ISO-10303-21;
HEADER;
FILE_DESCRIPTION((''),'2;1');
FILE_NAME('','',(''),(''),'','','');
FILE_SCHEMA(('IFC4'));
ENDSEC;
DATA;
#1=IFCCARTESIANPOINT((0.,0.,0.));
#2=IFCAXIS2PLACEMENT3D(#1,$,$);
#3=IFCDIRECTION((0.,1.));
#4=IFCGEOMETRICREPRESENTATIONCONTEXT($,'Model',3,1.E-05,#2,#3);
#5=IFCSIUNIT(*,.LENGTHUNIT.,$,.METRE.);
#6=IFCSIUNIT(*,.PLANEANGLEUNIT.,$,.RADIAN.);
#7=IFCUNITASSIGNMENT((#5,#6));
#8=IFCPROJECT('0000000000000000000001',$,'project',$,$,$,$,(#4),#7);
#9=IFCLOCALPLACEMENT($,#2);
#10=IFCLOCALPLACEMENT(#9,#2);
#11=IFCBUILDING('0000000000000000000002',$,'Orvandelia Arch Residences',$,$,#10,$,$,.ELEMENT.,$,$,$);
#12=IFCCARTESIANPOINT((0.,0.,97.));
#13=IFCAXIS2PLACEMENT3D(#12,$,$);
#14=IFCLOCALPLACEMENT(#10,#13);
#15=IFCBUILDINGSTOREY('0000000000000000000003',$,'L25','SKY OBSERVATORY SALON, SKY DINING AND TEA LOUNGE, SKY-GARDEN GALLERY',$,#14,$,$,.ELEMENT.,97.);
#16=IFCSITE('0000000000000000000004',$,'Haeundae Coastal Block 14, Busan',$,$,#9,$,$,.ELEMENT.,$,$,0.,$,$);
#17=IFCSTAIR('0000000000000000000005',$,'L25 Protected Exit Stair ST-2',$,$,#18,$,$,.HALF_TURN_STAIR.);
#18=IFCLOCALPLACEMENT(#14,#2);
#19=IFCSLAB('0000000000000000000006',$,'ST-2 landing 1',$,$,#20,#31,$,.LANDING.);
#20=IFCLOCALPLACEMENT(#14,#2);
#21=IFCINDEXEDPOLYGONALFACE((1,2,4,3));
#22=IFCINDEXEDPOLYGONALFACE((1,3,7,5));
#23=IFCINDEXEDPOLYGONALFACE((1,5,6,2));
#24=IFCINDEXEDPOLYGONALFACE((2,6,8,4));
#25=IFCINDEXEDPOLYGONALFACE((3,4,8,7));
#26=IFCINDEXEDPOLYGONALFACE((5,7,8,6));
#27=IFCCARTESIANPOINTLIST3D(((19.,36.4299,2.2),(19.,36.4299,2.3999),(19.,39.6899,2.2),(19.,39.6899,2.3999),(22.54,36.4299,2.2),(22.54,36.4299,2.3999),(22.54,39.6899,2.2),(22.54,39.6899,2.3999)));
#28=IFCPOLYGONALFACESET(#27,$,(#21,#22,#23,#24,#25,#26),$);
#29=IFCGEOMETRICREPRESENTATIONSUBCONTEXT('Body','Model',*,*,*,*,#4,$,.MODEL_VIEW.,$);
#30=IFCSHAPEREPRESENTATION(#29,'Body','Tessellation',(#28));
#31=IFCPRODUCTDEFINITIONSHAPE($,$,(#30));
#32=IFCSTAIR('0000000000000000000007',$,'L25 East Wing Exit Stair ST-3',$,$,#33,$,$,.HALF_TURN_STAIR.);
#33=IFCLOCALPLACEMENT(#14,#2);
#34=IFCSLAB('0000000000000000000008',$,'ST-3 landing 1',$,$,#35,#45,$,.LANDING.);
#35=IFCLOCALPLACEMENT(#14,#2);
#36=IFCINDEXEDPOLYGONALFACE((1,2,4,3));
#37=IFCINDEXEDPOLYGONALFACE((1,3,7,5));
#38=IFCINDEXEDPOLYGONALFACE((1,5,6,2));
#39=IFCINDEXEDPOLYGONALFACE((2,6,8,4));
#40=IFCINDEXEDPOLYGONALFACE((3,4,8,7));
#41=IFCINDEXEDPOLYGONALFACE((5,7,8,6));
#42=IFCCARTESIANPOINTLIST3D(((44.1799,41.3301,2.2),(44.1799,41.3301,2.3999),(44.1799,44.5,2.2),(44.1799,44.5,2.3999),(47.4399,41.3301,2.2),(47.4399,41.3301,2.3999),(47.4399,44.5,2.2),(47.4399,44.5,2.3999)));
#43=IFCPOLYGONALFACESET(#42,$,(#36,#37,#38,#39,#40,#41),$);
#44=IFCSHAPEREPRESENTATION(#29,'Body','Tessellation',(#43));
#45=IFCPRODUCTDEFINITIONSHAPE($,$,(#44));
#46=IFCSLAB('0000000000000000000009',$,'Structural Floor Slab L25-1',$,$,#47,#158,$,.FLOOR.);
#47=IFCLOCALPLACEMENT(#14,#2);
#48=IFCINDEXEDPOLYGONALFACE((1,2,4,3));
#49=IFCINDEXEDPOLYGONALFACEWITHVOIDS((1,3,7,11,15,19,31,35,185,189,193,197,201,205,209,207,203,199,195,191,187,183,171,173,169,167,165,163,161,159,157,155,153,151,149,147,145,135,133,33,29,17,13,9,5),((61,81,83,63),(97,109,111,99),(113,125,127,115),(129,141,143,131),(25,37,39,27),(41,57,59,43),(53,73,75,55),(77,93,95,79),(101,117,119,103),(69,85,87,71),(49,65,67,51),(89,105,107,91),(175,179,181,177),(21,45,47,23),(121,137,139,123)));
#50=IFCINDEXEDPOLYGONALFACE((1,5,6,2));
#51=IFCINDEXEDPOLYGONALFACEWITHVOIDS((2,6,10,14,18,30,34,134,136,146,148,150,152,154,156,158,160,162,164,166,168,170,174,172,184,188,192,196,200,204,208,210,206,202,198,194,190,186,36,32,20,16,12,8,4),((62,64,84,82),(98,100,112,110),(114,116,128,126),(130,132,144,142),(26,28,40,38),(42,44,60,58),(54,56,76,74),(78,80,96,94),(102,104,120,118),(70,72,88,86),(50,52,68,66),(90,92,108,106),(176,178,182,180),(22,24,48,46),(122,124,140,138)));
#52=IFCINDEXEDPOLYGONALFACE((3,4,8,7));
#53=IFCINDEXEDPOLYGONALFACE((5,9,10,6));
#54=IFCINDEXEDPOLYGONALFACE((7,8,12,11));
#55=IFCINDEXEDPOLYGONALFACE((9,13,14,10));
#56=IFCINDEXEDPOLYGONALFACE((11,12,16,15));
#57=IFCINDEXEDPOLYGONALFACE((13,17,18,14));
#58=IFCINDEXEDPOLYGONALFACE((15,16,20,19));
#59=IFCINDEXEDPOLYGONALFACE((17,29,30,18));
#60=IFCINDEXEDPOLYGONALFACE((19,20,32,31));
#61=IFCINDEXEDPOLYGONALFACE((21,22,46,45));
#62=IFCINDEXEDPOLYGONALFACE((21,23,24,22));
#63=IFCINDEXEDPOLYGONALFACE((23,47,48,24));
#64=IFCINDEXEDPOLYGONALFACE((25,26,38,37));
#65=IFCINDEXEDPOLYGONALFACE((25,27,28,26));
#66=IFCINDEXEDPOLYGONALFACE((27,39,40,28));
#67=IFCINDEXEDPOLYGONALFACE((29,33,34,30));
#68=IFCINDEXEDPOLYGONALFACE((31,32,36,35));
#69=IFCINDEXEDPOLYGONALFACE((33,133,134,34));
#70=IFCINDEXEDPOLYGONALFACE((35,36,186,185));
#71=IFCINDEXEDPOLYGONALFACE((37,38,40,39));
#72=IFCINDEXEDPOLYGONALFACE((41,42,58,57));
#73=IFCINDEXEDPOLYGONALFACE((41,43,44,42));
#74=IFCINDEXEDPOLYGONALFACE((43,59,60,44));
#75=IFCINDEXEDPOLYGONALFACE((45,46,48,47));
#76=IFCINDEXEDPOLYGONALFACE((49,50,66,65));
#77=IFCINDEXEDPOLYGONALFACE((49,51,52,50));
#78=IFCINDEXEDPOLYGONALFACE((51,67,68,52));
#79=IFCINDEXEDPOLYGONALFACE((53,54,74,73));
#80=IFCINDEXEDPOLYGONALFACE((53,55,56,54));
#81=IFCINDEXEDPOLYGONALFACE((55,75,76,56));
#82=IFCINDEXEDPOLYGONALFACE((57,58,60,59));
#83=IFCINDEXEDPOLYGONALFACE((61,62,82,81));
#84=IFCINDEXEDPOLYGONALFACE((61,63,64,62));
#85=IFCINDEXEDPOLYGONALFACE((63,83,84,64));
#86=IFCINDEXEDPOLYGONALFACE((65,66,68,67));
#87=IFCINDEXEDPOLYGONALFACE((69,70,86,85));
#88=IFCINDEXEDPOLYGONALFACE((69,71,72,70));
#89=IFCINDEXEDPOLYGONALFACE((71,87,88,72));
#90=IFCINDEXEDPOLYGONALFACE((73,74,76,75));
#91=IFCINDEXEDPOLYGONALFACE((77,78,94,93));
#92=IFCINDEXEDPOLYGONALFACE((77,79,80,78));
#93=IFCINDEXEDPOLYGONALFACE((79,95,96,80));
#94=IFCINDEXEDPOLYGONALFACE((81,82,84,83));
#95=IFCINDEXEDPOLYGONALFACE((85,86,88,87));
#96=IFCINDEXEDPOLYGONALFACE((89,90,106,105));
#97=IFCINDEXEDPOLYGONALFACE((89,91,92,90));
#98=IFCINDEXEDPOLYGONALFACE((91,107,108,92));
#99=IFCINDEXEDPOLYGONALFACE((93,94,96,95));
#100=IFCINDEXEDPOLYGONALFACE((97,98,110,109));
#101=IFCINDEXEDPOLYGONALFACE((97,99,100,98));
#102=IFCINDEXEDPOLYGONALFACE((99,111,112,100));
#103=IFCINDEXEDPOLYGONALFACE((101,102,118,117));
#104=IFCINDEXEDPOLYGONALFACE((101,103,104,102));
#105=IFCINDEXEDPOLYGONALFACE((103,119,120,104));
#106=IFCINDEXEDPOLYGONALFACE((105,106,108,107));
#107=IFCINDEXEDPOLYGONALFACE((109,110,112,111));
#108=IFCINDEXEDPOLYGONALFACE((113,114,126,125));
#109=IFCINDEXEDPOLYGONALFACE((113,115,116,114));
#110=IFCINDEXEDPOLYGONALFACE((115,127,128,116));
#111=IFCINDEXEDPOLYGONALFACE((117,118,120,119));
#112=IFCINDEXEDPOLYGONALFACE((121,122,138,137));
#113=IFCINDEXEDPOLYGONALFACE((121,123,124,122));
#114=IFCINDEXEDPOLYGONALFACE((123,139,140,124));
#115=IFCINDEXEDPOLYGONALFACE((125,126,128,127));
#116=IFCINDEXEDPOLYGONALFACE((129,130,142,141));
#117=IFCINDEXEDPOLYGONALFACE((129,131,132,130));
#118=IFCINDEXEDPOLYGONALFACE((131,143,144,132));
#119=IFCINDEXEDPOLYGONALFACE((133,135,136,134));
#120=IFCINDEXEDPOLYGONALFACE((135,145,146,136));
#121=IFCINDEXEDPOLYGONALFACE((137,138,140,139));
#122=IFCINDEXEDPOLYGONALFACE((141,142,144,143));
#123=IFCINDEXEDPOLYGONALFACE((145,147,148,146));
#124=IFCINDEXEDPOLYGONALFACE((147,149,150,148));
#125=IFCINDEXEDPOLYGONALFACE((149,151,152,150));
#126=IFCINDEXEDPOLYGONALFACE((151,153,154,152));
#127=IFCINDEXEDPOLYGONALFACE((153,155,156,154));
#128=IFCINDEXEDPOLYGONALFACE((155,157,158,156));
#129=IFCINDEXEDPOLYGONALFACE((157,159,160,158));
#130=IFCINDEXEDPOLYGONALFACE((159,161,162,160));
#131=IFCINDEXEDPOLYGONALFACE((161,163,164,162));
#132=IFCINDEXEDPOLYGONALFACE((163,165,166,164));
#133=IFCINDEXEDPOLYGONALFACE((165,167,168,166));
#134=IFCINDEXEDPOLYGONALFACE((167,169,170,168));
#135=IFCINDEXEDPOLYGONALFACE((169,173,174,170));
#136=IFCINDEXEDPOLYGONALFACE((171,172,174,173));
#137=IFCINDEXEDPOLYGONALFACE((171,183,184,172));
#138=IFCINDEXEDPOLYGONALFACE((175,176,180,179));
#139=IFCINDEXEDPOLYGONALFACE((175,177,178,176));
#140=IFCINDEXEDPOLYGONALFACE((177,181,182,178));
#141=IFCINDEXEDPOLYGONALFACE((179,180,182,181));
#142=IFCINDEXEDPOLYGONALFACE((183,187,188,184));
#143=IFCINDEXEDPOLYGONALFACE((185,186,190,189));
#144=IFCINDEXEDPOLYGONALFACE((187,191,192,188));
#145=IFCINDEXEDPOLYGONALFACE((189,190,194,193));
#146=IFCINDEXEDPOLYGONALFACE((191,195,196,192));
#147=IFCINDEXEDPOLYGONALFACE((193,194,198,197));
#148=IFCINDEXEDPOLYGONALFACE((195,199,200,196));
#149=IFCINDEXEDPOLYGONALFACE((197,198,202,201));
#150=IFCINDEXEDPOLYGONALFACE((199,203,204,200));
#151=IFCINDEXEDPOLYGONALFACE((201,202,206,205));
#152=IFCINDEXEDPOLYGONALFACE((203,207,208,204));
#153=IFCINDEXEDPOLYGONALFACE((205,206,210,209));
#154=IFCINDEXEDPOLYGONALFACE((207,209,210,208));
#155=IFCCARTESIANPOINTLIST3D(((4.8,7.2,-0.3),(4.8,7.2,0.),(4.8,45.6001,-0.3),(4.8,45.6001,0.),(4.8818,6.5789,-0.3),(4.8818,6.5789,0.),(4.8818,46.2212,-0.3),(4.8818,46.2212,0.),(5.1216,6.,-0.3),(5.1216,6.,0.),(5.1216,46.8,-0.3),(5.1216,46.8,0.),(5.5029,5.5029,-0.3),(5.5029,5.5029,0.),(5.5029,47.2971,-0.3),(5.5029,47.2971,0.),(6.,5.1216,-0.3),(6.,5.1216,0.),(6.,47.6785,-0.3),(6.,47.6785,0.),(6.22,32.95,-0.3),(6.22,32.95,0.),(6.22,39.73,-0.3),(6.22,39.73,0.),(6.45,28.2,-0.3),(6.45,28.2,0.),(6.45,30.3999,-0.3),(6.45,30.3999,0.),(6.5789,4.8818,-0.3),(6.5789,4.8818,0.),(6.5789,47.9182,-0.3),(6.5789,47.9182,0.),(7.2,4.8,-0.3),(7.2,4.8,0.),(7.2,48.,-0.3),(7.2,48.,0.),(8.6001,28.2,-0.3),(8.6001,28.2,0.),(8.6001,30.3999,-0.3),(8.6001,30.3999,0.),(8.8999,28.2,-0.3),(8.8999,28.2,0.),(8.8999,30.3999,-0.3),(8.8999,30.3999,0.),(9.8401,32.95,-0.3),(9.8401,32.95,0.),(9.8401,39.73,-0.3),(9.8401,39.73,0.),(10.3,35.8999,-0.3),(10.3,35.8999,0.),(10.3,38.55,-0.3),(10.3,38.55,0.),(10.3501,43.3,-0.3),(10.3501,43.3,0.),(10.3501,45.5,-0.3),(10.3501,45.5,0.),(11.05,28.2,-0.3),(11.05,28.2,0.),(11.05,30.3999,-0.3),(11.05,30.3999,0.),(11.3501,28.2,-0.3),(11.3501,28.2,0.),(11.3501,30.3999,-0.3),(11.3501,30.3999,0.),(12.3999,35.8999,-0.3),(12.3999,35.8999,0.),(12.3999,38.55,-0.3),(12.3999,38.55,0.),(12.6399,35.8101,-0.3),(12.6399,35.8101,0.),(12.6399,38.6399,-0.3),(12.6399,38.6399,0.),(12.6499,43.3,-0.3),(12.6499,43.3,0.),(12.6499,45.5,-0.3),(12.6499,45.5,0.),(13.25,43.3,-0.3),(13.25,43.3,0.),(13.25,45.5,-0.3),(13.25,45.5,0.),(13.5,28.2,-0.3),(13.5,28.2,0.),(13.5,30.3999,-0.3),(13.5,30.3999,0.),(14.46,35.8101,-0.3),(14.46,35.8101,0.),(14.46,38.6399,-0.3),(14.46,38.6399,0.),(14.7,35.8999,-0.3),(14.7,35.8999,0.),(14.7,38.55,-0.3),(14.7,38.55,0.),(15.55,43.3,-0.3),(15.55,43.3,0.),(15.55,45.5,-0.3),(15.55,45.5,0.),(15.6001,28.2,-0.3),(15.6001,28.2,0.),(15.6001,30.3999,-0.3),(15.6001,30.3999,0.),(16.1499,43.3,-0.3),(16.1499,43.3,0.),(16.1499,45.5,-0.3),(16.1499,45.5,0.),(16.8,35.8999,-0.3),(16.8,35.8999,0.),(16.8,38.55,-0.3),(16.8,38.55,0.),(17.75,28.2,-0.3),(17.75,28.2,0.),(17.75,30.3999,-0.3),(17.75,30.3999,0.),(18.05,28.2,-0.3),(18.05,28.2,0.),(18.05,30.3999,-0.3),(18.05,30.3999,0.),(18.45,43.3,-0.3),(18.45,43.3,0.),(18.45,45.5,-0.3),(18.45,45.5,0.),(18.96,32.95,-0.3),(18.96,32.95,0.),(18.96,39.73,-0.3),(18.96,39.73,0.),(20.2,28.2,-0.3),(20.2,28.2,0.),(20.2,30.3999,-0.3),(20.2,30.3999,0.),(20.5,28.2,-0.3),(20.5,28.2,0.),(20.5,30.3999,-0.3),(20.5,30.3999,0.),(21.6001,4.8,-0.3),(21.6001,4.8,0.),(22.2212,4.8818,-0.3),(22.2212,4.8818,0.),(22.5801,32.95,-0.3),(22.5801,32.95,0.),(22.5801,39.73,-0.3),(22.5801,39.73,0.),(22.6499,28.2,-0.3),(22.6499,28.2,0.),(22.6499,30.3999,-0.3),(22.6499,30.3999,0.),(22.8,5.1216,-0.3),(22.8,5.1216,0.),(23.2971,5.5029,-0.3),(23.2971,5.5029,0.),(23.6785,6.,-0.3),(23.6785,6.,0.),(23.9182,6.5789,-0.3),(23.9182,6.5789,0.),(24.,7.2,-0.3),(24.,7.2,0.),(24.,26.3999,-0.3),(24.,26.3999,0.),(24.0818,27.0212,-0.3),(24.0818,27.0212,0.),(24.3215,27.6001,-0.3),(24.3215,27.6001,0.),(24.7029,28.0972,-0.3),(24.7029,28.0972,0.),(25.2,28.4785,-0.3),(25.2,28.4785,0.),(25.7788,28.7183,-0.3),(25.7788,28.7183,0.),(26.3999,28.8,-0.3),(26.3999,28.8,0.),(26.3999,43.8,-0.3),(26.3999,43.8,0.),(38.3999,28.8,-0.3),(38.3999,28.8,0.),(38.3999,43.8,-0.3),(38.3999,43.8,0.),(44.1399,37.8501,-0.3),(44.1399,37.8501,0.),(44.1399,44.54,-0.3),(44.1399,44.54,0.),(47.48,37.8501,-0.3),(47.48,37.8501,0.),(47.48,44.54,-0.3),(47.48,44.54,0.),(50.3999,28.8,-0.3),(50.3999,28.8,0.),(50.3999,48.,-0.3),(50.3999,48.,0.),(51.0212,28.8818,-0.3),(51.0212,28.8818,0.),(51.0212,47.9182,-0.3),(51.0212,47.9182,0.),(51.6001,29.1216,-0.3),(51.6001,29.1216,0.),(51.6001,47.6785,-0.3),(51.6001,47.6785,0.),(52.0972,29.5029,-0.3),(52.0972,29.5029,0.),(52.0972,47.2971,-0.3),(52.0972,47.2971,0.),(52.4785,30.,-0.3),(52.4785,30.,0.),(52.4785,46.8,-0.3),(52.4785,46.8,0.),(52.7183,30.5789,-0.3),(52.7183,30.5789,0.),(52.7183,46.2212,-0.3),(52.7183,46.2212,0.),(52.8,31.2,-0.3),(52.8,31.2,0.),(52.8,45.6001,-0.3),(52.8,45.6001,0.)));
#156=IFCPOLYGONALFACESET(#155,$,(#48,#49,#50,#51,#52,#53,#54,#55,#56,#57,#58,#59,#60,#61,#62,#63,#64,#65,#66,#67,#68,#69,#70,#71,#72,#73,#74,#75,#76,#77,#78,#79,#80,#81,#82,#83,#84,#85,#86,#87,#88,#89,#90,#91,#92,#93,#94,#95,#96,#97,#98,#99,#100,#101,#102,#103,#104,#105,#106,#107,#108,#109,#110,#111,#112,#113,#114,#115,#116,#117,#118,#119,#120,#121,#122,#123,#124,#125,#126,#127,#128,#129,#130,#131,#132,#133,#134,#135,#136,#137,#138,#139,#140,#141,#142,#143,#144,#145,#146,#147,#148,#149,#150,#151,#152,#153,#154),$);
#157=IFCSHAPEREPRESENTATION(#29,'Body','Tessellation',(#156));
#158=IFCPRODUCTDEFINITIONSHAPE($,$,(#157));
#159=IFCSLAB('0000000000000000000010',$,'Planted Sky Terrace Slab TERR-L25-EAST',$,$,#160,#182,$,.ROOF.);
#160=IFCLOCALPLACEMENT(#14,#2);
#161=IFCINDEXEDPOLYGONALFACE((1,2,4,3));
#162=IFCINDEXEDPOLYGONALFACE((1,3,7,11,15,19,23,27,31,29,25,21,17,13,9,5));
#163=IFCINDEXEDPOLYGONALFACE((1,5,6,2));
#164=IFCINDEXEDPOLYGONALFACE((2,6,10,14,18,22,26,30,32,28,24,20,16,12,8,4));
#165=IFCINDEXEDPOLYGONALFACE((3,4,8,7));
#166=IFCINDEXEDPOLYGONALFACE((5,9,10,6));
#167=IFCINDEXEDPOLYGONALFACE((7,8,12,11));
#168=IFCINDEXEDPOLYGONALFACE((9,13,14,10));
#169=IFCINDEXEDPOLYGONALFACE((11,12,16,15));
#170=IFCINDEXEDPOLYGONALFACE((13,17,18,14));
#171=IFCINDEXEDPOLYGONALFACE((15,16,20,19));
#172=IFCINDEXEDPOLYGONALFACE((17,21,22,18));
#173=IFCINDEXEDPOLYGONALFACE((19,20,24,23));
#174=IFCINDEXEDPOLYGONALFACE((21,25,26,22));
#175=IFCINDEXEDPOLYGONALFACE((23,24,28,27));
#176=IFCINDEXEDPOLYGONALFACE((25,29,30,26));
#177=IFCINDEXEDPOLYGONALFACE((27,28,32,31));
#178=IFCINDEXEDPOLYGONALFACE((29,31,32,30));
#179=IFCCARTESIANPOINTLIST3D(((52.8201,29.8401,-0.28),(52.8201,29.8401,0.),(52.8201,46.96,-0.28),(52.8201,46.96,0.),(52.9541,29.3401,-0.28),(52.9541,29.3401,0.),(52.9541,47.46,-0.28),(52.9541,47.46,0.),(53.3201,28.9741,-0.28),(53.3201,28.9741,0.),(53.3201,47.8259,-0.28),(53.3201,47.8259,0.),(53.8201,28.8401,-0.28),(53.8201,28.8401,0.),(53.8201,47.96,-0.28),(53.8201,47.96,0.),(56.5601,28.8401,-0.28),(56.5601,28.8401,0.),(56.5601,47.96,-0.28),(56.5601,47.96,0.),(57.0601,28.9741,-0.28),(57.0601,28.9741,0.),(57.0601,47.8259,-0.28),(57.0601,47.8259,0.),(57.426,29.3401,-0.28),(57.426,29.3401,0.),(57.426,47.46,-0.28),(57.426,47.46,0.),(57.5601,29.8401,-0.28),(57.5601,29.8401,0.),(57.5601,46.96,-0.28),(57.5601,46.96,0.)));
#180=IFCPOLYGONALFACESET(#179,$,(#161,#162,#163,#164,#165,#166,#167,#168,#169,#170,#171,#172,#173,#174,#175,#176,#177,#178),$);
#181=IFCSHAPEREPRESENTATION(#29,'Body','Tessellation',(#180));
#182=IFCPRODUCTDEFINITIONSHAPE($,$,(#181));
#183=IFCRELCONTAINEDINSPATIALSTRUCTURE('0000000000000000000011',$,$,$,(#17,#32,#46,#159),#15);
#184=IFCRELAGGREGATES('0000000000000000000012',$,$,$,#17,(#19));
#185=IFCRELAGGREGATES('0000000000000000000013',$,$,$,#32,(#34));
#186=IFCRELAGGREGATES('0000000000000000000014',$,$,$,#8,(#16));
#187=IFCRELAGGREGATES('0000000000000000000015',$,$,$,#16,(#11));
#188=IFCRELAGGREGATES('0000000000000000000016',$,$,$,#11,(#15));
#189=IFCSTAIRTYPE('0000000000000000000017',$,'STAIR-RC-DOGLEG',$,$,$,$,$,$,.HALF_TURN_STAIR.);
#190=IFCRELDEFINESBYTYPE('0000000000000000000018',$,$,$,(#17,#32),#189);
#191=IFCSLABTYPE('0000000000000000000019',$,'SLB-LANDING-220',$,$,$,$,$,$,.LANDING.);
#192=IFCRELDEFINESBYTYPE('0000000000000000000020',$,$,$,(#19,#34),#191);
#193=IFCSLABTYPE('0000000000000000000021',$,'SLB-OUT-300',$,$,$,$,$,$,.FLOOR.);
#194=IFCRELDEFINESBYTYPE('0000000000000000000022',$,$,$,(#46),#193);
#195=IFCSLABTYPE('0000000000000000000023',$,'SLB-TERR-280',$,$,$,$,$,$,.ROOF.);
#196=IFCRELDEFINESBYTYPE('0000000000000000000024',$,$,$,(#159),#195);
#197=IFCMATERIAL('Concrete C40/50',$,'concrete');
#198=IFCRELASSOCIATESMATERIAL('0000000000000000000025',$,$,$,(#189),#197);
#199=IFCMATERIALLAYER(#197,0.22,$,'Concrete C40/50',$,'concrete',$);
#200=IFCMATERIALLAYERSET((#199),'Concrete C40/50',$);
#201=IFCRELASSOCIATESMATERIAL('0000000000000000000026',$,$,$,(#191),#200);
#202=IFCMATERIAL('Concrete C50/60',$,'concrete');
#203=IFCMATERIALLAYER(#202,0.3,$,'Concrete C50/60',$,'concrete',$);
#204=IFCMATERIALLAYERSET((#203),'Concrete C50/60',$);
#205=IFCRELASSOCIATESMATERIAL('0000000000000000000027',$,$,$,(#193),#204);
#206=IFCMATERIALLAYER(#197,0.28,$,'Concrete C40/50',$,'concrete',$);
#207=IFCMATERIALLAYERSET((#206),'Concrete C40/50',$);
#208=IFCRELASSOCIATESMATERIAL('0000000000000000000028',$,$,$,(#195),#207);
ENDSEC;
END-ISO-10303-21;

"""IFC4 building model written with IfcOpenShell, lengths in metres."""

from ifc_helpers import new_model, si_unit, direction, frame, origin, place, context, subcontext, project, spatial, polyline, outline, extrude, material, layer, layer_set, type_object, element, aggregate, save


model = new_model("IFC4")

# Units and contexts
model_context = context("Model", 3, precision=1e-05, world=origin(), true_north=direction((0.0, 1.0)))
body_context = subcontext(model_context, "Body", "Model", "MODEL_VIEW")
ifc_project = project(units=[si_unit("LENGTHUNIT", "METRE"), si_unit("PLANEANGLEUNIT", "RADIAN")], contexts=[model_context])

# Site, building, storey
site_placement = place(None, origin())
site = spatial("IfcSite", under=ifc_project, at=site_placement, Name="Haeundae Coastal Block 14, Busan", CompositionType="ELEMENT", RefElevation=0.0)
building_placement = place(site_placement, origin())
building = spatial("IfcBuilding", under=site, at=building_placement, Name="Orvandelia Arch Residences", CompositionType="ELEMENT")
storey_placement = place(building_placement, frame((0.0, 0.0, 97.0)))
storey = spatial("IfcBuildingStorey", under=building, at=storey_placement, Name="L25", Description="SKY OBSERVATORY SALON, SKY DINING AND TEA LOUNGE, SKY-GARDEN GALLERY", CompositionType="ELEMENT", Elevation=97.0)

# Stairs, slabs
ifc_material_1 = material(Name="Concrete C40/50", Category="concrete")
stair_type = type_object("IfcStairType", Name="STAIR-RC-DOGLEG", PredefinedType="HALF_TURN_STAIR", material=ifc_material_1)
ifc_layer_1 = layer(ifc_material_1, 0.22, Name="Concrete C40/50", Category="concrete")
ifc_layer_set_1 = layer_set([ifc_layer_1], Name="Concrete C40/50")
slab_type_1 = type_object("IfcSlabType", Name="SLB-LANDING-220", PredefinedType="LANDING", material=ifc_layer_set_1)
stair_1_placement = place(storey_placement, origin())
stair_1 = element("IfcStair", 1, at=stair_1_placement, inside=storey, type_object=stair_type, Name="L25 Protected Exit Stair ST-2", PredefinedType="HALF_TURN_STAIR")
slab_1_placement = place(storey_placement, frame((0.0, 0.0, 2.2)))
slab_1 = element("IfcSlab", 2, at=slab_1_placement, type_object=slab_type_1, Name="ST-2 landing 1", PredefinedType="LANDING", context=body_context, shape_type="SweptSolid", body=[
    extrude(outline(polyline([(22.54, 36.4299), (22.54, 39.6899), (19.0, 39.6899), (19.0, 36.4299), (22.54, 36.4299)])), origin(), (0.0, 0.0, 1.0), 0.2),
])
aggregate(stair_1, [slab_1])
stair_2_placement = place(storey_placement, origin())
stair_2 = element("IfcStair", 3, at=stair_2_placement, inside=storey, type_object=stair_type, Name="L25 East Wing Exit Stair ST-3", PredefinedType="HALF_TURN_STAIR")
slab_2_placement = place(storey_placement, frame((0.0, 0.0, 2.2)))
slab_2 = element("IfcSlab", 4, at=slab_2_placement, type_object=slab_type_1, Name="ST-3 landing 1", PredefinedType="LANDING", context=body_context, shape_type="SweptSolid", body=[
    extrude(outline(polyline([(47.4399, 41.3301), (47.4399, 44.5), (44.1799, 44.5), (44.1799, 41.3301), (47.4399, 41.3301)])), origin(), (0.0, 0.0, 1.0), 0.2),
])
aggregate(stair_2, [slab_2])

# Slabs
ifc_material_2 = material(Name="Concrete C50/60", Category="concrete")
ifc_layer_2 = layer(ifc_material_2, 0.3, Name="Concrete C50/60", Category="concrete")
ifc_layer_set_2 = layer_set([ifc_layer_2], Name="Concrete C50/60")
slab_type_2 = type_object("IfcSlabType", Name="SLB-OUT-300", PredefinedType="FLOOR", material=ifc_layer_set_2)
slab_3_placement = place(storey_placement, frame((0.0, 0.0, -0.3)))
element("IfcSlab", 5, at=slab_3_placement, inside=storey, type_object=slab_type_2, Name="Structural Floor Slab L25-1", PredefinedType="FLOOR", context=body_context, shape_type="SweptSolid", body=[
    extrude(outline(polyline([(4.8, 7.2), (4.8818, 6.5789), (5.1216, 6.0), (5.5029, 5.5029), (6.0, 5.1216), (6.5789, 4.8818), (7.2, 4.8), (21.6001, 4.8), (22.2212, 4.8818), (22.8, 5.1216), (23.2971, 5.5029), (23.6785, 6.0), (23.9182, 6.5789), (24.0, 7.2), (24.0, 26.3999), (24.0818, 27.0212), (24.3215, 27.6001), (24.7029, 28.0972), (25.2, 28.4785), (25.7788, 28.7183), (26.3999, 28.8), (26.3999, 43.8), (38.3999, 43.8), (38.3999, 28.8), (50.3999, 28.8), (51.0212, 28.8818), (51.6001, 29.1216), (52.0972, 29.5029), (52.4785, 30.0), (52.7183, 30.5789), (52.8, 31.2), (52.8, 45.6001), (52.7183, 46.2212), (52.4785, 46.8), (52.0972, 47.2971), (51.6001, 47.6785), (51.0212, 47.9182), (50.3999, 48.0), (7.2, 48.0), (6.5789, 47.9182), (6.0, 47.6785), (5.5029, 47.2971), (5.1216, 46.8), (4.8818, 46.2212), (4.8, 45.6001), (4.8, 7.2)]), holes=[polyline([(6.22, 32.95), (9.8401, 32.95), (9.8401, 39.73), (6.22, 39.73), (6.22, 32.95)]), polyline([(18.96, 32.95), (22.5801, 32.95), (22.5801, 39.73), (18.96, 39.73), (18.96, 32.95)]), polyline([(44.1399, 37.8501), (47.48, 37.8501), (47.48, 44.54), (44.1399, 44.54), (44.1399, 37.8501)]), polyline([(12.6399, 35.8101), (14.46, 35.8101), (14.46, 38.6399), (12.6399, 38.6399), (12.6399, 35.8101)]), polyline([(10.3, 35.8999), (12.3999, 35.8999), (12.3999, 38.55), (10.3, 38.55), (10.3, 35.8999)]), polyline([(14.7, 35.8999), (16.8, 35.8999), (16.8, 38.55), (14.7, 38.55), (14.7, 35.8999)]), polyline([(10.3501, 43.3), (12.6499, 43.3), (12.6499, 45.5), (10.3501, 45.5), (10.3501, 43.3)]), polyline([(13.25, 43.3), (15.55, 43.3), (15.55, 45.5), (13.25, 45.5), (13.25, 43.3)]), polyline([(16.1499, 43.3), (18.45, 43.3), (18.45, 45.5), (16.1499, 45.5), (16.1499, 43.3)]), polyline([(6.45, 28.2), (8.6001, 28.2), (8.6001, 30.3999), (6.45, 30.3999), (6.45, 28.2)]), polyline([(8.8999, 28.2), (11.05, 28.2), (11.05, 30.3999), (8.8999, 30.3999), (8.8999, 28.2)]), polyline([(11.3501, 28.2), (13.5, 28.2), (13.5, 30.3999), (11.3501, 30.3999), (11.3501, 28.2)]), polyline([(15.6001, 28.2), (17.75, 28.2), (17.75, 30.3999), (15.6001, 30.3999), (15.6001, 28.2)]), polyline([(18.05, 28.2), (20.2, 28.2), (20.2, 30.3999), (18.05, 30.3999), (18.05, 28.2)]), polyline([(20.5, 28.2), (22.6499, 28.2), (22.6499, 30.3999), (20.5, 30.3999), (20.5, 28.2)])]), origin(), (0.0, 0.0, 1.0), 0.3),
])
ifc_layer_3 = layer(ifc_material_1, 0.28, Name="Concrete C40/50", Category="concrete")
ifc_layer_set_3 = layer_set([ifc_layer_3], Name="Concrete C40/50")
slab_type_3 = type_object("IfcSlabType", Name="SLB-TERR-280", PredefinedType="ROOF", material=ifc_layer_set_3)
slab_4_placement = place(storey_placement, frame((0.0, 0.0, -0.28)))
element("IfcSlab", 6, at=slab_4_placement, inside=storey, type_object=slab_type_3, Name="Planted Sky Terrace Slab TERR-L25-EAST", PredefinedType="ROOF", context=body_context, shape_type="SweptSolid", body=[
    extrude(outline(polyline([(52.8201, 29.8401), (52.9541, 29.3401), (53.3201, 28.9741), (53.8201, 28.8401), (56.5601, 28.8401), (57.0601, 28.9741), (57.426, 29.3401), (57.5601, 29.8401), (57.5601, 46.96), (57.426, 47.46), (57.0601, 47.8259), (56.5601, 47.96), (53.8201, 47.96), (53.3201, 47.8259), (52.9541, 47.46), (52.8201, 46.96), (52.8201, 29.8401)])), origin(), (0.0, 0.0, 1.0), 0.28),
])

save(model, "model.ifc")
